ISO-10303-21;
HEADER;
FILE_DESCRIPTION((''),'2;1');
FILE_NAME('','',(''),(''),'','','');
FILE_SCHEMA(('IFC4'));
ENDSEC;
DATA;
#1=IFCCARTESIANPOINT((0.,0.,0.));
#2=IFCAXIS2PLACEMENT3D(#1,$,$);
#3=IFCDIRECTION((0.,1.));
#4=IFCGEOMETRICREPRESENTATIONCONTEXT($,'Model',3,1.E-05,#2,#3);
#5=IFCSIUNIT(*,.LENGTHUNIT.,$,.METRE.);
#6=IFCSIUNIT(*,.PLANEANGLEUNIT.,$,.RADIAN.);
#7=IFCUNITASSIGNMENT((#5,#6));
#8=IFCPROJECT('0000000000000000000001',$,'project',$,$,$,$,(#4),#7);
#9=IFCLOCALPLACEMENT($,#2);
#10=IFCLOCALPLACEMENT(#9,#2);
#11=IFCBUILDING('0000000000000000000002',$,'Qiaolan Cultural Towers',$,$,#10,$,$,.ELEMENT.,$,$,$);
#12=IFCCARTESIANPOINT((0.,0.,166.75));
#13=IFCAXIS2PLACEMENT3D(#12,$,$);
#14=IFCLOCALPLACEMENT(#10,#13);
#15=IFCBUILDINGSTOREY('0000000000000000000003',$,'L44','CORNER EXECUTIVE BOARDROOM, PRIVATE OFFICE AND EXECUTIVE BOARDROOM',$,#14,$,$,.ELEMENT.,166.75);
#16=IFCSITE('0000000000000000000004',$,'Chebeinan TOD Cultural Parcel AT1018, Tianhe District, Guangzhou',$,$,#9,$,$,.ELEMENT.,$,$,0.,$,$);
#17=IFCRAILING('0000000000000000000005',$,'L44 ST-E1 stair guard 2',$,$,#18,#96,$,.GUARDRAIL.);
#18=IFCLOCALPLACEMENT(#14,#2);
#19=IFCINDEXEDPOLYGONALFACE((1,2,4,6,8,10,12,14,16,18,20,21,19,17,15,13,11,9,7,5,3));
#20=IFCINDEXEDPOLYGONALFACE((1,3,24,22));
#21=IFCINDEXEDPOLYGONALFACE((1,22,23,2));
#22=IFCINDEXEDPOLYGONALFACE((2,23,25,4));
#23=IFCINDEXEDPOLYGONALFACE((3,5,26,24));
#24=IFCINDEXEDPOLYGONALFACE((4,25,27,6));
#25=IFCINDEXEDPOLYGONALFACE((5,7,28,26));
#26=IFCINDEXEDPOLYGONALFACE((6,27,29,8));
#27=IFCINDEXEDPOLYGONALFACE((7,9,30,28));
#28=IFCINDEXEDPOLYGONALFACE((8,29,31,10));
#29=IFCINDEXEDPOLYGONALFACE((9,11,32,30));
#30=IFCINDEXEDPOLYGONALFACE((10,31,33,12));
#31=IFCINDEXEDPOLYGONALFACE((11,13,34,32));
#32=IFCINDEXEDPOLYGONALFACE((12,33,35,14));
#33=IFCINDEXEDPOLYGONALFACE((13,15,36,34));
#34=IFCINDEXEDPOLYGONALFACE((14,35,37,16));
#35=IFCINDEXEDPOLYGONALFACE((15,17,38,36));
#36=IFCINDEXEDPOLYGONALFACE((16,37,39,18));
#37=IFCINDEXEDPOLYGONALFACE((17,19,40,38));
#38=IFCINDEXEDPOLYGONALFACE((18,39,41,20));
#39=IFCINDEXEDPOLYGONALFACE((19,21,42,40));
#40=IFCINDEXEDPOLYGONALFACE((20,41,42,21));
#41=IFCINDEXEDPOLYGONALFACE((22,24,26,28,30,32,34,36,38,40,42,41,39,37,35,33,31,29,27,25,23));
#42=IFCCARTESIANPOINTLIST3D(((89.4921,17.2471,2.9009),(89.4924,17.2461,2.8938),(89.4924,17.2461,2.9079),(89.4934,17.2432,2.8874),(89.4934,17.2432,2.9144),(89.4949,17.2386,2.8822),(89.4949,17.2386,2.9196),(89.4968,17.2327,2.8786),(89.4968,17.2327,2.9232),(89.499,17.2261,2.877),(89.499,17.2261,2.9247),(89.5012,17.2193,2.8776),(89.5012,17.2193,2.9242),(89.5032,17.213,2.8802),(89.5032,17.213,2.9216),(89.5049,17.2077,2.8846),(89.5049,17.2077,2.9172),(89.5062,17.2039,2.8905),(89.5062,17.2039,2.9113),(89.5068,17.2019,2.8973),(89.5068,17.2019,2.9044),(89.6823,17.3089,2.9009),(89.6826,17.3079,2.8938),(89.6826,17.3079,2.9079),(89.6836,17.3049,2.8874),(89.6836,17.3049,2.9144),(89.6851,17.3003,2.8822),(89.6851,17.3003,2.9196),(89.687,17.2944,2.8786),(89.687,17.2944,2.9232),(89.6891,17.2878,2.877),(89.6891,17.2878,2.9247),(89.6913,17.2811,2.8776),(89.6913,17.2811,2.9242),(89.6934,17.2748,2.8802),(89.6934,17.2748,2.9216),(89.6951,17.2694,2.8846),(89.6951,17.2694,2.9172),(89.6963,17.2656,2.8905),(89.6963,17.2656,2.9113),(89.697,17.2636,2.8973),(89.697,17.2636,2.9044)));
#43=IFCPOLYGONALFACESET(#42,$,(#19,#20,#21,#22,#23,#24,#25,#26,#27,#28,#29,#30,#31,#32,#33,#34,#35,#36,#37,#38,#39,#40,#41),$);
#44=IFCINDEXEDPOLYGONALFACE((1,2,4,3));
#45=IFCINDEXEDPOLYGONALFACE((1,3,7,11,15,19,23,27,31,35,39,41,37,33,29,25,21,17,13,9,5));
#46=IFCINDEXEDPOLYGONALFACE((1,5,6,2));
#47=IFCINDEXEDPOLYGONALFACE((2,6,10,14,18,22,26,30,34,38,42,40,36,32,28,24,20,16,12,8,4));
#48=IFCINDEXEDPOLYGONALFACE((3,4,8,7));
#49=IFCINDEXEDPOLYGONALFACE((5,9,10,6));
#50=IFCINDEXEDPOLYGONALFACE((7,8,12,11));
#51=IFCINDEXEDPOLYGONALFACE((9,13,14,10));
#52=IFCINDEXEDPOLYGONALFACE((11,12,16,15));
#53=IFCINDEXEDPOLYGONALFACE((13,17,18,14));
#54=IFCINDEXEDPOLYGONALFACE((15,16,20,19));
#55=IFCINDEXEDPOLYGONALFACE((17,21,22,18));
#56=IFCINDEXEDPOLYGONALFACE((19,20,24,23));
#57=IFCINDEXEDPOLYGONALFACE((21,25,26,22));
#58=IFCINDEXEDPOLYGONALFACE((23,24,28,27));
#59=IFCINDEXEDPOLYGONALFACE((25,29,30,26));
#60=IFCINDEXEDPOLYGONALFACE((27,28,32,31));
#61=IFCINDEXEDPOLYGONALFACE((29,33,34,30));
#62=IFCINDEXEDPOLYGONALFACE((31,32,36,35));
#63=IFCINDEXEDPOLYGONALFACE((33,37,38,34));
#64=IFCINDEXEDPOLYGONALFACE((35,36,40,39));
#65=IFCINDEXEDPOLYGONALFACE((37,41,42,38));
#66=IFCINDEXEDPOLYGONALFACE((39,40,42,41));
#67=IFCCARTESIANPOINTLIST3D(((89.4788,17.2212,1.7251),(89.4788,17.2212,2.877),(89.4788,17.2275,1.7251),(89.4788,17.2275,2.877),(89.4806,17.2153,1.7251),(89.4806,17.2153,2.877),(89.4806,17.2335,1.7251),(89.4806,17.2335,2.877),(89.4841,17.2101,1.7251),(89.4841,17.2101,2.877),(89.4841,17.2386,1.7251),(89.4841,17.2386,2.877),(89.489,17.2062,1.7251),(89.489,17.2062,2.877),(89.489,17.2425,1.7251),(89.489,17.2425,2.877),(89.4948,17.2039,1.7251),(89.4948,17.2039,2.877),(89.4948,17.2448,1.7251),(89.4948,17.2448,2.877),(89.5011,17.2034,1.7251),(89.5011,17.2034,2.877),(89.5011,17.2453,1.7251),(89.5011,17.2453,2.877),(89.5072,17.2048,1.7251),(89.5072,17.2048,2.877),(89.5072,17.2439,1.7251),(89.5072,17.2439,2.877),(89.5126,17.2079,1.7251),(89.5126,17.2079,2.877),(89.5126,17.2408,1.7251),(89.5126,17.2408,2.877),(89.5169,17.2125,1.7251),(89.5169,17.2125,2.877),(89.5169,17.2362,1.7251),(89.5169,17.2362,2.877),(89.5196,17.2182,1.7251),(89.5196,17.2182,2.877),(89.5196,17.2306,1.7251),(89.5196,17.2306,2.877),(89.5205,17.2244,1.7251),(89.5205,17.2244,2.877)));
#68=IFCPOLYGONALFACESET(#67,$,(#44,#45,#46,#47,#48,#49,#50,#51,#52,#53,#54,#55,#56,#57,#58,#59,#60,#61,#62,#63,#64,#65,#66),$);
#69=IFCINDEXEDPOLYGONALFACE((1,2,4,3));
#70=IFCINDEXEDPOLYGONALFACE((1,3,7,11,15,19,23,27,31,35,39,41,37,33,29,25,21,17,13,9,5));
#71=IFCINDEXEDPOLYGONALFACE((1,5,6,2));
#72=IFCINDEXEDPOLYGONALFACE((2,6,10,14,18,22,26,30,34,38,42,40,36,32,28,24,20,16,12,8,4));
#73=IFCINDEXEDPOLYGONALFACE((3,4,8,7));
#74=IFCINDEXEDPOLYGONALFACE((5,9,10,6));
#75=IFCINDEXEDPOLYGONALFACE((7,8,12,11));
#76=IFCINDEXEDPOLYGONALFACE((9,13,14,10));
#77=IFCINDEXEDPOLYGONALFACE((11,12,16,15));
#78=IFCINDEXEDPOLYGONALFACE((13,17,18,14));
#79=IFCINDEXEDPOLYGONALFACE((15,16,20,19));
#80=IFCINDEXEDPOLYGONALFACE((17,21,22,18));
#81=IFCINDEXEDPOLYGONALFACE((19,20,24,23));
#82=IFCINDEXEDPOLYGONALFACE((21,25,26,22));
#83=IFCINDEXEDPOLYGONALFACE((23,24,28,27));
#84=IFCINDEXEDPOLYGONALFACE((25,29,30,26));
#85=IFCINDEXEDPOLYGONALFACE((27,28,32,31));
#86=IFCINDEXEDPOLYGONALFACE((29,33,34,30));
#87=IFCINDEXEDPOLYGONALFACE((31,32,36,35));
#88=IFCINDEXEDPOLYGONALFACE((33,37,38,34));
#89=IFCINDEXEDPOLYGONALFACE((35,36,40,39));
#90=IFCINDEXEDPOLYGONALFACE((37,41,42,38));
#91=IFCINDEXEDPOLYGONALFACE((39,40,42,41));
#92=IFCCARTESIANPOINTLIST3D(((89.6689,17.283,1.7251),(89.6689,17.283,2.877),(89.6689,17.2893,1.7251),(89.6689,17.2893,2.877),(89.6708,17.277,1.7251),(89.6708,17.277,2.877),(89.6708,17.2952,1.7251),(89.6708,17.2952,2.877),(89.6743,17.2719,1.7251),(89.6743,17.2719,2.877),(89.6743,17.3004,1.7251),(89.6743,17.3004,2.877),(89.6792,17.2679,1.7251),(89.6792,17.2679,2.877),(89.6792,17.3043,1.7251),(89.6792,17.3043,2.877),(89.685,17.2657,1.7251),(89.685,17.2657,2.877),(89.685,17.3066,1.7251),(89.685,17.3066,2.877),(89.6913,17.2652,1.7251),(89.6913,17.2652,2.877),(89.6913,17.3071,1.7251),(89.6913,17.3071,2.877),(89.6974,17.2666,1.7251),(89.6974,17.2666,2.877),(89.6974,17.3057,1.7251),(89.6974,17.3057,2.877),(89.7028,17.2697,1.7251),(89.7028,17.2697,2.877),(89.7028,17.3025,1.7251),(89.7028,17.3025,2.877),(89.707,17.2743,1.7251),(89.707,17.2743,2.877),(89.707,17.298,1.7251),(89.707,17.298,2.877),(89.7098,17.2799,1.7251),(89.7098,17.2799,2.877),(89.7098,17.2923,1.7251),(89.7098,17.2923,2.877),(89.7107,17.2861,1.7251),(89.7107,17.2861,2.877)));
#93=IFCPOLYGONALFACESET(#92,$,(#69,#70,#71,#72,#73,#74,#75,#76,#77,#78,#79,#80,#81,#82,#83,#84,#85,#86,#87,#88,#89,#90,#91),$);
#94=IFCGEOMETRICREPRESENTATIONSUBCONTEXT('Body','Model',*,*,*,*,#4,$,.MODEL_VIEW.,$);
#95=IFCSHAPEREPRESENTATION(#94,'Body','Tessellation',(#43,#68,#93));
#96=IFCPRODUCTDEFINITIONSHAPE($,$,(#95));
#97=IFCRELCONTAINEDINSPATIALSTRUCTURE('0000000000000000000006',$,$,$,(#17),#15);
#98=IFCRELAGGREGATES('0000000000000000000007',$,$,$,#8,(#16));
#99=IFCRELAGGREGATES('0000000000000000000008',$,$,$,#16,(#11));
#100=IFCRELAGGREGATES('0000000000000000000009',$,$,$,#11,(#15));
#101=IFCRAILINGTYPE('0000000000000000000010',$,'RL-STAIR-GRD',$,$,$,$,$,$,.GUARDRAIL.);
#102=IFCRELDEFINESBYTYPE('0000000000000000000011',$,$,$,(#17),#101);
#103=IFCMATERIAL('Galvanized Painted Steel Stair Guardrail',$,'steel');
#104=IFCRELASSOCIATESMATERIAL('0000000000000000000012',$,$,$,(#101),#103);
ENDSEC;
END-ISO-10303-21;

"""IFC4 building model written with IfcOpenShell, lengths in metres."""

from ifc_helpers import new_model, si_unit, direction, frame, origin, origin_2d, place, context, subcontext, project, spatial, circle, extrude, material, type_object, element, save


model = new_model("IFC4")

# Units and contexts
model_context = context("Model", 3, precision=1e-05, world=origin(), true_north=direction((0.0, 1.0)))
body_context = subcontext(model_context, "Body", "Model", "MODEL_VIEW")
ifc_project = project(units=[si_unit("LENGTHUNIT", "METRE"), si_unit("PLANEANGLEUNIT", "RADIAN")], contexts=[model_context])

# Site, building, storey
site_placement = place(None, origin())
site = spatial("IfcSite", under=ifc_project, at=site_placement, Name="Chebeinan TOD Cultural Parcel AT1018, Tianhe District, Guangzhou", CompositionType="ELEMENT", RefElevation=0.0)
building_placement = place(site_placement, origin())
building = spatial("IfcBuilding", under=site, at=building_placement, Name="Qiaolan Cultural Towers", CompositionType="ELEMENT")
storey_placement = place(building_placement, frame((0.0, 0.0, 166.75)))
storey = spatial("IfcBuildingStorey", under=building, at=storey_placement, Name="L44", Description="CORNER EXECUTIVE BOARDROOM, PRIVATE OFFICE AND EXECUTIVE BOARDROOM", CompositionType="ELEMENT", Elevation=166.75)

# Railing
ifc_material_1 = material(Name="Galvanized Painted Steel Stair Guardrail", Category="steel")
railing_type_1 = type_object("IfcRailingType", Name="RL-STAIR-GRD", PredefinedType="GUARDRAIL", material=ifc_material_1)
railing_1_placement = place(storey_placement, frame((89.4995, 17.2244, 1.7251)))
element("IfcRailing", 1, at=railing_1_placement, inside=storey, type_object=railing_type_1, Name="L44 ST-E1 stair guard 2", PredefinedType="GUARDRAIL", context=body_context, shape_type="SweptSolid", body=[
    extrude(circle(Radius=0.0239, at=origin_2d()), frame((0.0, 0.0, 1.1758), z_axis=(0.951097, 0.308893, 0.0), x_axis=(-0.308893, 0.951097, 0.0)), (0.0, 0.0, 1.0), 0.2),
    extrude(circle(Radius=0.021, at=origin_2d()), origin(), (0.0, 0.0, 1.0), 1.1519),
    extrude(circle(Radius=0.021, at=origin_2d()), frame((0.1902, 0.0618, 0.0)), (0.0, 0.0, 1.0), 1.1519),
])

save(model, "model.ifc")
